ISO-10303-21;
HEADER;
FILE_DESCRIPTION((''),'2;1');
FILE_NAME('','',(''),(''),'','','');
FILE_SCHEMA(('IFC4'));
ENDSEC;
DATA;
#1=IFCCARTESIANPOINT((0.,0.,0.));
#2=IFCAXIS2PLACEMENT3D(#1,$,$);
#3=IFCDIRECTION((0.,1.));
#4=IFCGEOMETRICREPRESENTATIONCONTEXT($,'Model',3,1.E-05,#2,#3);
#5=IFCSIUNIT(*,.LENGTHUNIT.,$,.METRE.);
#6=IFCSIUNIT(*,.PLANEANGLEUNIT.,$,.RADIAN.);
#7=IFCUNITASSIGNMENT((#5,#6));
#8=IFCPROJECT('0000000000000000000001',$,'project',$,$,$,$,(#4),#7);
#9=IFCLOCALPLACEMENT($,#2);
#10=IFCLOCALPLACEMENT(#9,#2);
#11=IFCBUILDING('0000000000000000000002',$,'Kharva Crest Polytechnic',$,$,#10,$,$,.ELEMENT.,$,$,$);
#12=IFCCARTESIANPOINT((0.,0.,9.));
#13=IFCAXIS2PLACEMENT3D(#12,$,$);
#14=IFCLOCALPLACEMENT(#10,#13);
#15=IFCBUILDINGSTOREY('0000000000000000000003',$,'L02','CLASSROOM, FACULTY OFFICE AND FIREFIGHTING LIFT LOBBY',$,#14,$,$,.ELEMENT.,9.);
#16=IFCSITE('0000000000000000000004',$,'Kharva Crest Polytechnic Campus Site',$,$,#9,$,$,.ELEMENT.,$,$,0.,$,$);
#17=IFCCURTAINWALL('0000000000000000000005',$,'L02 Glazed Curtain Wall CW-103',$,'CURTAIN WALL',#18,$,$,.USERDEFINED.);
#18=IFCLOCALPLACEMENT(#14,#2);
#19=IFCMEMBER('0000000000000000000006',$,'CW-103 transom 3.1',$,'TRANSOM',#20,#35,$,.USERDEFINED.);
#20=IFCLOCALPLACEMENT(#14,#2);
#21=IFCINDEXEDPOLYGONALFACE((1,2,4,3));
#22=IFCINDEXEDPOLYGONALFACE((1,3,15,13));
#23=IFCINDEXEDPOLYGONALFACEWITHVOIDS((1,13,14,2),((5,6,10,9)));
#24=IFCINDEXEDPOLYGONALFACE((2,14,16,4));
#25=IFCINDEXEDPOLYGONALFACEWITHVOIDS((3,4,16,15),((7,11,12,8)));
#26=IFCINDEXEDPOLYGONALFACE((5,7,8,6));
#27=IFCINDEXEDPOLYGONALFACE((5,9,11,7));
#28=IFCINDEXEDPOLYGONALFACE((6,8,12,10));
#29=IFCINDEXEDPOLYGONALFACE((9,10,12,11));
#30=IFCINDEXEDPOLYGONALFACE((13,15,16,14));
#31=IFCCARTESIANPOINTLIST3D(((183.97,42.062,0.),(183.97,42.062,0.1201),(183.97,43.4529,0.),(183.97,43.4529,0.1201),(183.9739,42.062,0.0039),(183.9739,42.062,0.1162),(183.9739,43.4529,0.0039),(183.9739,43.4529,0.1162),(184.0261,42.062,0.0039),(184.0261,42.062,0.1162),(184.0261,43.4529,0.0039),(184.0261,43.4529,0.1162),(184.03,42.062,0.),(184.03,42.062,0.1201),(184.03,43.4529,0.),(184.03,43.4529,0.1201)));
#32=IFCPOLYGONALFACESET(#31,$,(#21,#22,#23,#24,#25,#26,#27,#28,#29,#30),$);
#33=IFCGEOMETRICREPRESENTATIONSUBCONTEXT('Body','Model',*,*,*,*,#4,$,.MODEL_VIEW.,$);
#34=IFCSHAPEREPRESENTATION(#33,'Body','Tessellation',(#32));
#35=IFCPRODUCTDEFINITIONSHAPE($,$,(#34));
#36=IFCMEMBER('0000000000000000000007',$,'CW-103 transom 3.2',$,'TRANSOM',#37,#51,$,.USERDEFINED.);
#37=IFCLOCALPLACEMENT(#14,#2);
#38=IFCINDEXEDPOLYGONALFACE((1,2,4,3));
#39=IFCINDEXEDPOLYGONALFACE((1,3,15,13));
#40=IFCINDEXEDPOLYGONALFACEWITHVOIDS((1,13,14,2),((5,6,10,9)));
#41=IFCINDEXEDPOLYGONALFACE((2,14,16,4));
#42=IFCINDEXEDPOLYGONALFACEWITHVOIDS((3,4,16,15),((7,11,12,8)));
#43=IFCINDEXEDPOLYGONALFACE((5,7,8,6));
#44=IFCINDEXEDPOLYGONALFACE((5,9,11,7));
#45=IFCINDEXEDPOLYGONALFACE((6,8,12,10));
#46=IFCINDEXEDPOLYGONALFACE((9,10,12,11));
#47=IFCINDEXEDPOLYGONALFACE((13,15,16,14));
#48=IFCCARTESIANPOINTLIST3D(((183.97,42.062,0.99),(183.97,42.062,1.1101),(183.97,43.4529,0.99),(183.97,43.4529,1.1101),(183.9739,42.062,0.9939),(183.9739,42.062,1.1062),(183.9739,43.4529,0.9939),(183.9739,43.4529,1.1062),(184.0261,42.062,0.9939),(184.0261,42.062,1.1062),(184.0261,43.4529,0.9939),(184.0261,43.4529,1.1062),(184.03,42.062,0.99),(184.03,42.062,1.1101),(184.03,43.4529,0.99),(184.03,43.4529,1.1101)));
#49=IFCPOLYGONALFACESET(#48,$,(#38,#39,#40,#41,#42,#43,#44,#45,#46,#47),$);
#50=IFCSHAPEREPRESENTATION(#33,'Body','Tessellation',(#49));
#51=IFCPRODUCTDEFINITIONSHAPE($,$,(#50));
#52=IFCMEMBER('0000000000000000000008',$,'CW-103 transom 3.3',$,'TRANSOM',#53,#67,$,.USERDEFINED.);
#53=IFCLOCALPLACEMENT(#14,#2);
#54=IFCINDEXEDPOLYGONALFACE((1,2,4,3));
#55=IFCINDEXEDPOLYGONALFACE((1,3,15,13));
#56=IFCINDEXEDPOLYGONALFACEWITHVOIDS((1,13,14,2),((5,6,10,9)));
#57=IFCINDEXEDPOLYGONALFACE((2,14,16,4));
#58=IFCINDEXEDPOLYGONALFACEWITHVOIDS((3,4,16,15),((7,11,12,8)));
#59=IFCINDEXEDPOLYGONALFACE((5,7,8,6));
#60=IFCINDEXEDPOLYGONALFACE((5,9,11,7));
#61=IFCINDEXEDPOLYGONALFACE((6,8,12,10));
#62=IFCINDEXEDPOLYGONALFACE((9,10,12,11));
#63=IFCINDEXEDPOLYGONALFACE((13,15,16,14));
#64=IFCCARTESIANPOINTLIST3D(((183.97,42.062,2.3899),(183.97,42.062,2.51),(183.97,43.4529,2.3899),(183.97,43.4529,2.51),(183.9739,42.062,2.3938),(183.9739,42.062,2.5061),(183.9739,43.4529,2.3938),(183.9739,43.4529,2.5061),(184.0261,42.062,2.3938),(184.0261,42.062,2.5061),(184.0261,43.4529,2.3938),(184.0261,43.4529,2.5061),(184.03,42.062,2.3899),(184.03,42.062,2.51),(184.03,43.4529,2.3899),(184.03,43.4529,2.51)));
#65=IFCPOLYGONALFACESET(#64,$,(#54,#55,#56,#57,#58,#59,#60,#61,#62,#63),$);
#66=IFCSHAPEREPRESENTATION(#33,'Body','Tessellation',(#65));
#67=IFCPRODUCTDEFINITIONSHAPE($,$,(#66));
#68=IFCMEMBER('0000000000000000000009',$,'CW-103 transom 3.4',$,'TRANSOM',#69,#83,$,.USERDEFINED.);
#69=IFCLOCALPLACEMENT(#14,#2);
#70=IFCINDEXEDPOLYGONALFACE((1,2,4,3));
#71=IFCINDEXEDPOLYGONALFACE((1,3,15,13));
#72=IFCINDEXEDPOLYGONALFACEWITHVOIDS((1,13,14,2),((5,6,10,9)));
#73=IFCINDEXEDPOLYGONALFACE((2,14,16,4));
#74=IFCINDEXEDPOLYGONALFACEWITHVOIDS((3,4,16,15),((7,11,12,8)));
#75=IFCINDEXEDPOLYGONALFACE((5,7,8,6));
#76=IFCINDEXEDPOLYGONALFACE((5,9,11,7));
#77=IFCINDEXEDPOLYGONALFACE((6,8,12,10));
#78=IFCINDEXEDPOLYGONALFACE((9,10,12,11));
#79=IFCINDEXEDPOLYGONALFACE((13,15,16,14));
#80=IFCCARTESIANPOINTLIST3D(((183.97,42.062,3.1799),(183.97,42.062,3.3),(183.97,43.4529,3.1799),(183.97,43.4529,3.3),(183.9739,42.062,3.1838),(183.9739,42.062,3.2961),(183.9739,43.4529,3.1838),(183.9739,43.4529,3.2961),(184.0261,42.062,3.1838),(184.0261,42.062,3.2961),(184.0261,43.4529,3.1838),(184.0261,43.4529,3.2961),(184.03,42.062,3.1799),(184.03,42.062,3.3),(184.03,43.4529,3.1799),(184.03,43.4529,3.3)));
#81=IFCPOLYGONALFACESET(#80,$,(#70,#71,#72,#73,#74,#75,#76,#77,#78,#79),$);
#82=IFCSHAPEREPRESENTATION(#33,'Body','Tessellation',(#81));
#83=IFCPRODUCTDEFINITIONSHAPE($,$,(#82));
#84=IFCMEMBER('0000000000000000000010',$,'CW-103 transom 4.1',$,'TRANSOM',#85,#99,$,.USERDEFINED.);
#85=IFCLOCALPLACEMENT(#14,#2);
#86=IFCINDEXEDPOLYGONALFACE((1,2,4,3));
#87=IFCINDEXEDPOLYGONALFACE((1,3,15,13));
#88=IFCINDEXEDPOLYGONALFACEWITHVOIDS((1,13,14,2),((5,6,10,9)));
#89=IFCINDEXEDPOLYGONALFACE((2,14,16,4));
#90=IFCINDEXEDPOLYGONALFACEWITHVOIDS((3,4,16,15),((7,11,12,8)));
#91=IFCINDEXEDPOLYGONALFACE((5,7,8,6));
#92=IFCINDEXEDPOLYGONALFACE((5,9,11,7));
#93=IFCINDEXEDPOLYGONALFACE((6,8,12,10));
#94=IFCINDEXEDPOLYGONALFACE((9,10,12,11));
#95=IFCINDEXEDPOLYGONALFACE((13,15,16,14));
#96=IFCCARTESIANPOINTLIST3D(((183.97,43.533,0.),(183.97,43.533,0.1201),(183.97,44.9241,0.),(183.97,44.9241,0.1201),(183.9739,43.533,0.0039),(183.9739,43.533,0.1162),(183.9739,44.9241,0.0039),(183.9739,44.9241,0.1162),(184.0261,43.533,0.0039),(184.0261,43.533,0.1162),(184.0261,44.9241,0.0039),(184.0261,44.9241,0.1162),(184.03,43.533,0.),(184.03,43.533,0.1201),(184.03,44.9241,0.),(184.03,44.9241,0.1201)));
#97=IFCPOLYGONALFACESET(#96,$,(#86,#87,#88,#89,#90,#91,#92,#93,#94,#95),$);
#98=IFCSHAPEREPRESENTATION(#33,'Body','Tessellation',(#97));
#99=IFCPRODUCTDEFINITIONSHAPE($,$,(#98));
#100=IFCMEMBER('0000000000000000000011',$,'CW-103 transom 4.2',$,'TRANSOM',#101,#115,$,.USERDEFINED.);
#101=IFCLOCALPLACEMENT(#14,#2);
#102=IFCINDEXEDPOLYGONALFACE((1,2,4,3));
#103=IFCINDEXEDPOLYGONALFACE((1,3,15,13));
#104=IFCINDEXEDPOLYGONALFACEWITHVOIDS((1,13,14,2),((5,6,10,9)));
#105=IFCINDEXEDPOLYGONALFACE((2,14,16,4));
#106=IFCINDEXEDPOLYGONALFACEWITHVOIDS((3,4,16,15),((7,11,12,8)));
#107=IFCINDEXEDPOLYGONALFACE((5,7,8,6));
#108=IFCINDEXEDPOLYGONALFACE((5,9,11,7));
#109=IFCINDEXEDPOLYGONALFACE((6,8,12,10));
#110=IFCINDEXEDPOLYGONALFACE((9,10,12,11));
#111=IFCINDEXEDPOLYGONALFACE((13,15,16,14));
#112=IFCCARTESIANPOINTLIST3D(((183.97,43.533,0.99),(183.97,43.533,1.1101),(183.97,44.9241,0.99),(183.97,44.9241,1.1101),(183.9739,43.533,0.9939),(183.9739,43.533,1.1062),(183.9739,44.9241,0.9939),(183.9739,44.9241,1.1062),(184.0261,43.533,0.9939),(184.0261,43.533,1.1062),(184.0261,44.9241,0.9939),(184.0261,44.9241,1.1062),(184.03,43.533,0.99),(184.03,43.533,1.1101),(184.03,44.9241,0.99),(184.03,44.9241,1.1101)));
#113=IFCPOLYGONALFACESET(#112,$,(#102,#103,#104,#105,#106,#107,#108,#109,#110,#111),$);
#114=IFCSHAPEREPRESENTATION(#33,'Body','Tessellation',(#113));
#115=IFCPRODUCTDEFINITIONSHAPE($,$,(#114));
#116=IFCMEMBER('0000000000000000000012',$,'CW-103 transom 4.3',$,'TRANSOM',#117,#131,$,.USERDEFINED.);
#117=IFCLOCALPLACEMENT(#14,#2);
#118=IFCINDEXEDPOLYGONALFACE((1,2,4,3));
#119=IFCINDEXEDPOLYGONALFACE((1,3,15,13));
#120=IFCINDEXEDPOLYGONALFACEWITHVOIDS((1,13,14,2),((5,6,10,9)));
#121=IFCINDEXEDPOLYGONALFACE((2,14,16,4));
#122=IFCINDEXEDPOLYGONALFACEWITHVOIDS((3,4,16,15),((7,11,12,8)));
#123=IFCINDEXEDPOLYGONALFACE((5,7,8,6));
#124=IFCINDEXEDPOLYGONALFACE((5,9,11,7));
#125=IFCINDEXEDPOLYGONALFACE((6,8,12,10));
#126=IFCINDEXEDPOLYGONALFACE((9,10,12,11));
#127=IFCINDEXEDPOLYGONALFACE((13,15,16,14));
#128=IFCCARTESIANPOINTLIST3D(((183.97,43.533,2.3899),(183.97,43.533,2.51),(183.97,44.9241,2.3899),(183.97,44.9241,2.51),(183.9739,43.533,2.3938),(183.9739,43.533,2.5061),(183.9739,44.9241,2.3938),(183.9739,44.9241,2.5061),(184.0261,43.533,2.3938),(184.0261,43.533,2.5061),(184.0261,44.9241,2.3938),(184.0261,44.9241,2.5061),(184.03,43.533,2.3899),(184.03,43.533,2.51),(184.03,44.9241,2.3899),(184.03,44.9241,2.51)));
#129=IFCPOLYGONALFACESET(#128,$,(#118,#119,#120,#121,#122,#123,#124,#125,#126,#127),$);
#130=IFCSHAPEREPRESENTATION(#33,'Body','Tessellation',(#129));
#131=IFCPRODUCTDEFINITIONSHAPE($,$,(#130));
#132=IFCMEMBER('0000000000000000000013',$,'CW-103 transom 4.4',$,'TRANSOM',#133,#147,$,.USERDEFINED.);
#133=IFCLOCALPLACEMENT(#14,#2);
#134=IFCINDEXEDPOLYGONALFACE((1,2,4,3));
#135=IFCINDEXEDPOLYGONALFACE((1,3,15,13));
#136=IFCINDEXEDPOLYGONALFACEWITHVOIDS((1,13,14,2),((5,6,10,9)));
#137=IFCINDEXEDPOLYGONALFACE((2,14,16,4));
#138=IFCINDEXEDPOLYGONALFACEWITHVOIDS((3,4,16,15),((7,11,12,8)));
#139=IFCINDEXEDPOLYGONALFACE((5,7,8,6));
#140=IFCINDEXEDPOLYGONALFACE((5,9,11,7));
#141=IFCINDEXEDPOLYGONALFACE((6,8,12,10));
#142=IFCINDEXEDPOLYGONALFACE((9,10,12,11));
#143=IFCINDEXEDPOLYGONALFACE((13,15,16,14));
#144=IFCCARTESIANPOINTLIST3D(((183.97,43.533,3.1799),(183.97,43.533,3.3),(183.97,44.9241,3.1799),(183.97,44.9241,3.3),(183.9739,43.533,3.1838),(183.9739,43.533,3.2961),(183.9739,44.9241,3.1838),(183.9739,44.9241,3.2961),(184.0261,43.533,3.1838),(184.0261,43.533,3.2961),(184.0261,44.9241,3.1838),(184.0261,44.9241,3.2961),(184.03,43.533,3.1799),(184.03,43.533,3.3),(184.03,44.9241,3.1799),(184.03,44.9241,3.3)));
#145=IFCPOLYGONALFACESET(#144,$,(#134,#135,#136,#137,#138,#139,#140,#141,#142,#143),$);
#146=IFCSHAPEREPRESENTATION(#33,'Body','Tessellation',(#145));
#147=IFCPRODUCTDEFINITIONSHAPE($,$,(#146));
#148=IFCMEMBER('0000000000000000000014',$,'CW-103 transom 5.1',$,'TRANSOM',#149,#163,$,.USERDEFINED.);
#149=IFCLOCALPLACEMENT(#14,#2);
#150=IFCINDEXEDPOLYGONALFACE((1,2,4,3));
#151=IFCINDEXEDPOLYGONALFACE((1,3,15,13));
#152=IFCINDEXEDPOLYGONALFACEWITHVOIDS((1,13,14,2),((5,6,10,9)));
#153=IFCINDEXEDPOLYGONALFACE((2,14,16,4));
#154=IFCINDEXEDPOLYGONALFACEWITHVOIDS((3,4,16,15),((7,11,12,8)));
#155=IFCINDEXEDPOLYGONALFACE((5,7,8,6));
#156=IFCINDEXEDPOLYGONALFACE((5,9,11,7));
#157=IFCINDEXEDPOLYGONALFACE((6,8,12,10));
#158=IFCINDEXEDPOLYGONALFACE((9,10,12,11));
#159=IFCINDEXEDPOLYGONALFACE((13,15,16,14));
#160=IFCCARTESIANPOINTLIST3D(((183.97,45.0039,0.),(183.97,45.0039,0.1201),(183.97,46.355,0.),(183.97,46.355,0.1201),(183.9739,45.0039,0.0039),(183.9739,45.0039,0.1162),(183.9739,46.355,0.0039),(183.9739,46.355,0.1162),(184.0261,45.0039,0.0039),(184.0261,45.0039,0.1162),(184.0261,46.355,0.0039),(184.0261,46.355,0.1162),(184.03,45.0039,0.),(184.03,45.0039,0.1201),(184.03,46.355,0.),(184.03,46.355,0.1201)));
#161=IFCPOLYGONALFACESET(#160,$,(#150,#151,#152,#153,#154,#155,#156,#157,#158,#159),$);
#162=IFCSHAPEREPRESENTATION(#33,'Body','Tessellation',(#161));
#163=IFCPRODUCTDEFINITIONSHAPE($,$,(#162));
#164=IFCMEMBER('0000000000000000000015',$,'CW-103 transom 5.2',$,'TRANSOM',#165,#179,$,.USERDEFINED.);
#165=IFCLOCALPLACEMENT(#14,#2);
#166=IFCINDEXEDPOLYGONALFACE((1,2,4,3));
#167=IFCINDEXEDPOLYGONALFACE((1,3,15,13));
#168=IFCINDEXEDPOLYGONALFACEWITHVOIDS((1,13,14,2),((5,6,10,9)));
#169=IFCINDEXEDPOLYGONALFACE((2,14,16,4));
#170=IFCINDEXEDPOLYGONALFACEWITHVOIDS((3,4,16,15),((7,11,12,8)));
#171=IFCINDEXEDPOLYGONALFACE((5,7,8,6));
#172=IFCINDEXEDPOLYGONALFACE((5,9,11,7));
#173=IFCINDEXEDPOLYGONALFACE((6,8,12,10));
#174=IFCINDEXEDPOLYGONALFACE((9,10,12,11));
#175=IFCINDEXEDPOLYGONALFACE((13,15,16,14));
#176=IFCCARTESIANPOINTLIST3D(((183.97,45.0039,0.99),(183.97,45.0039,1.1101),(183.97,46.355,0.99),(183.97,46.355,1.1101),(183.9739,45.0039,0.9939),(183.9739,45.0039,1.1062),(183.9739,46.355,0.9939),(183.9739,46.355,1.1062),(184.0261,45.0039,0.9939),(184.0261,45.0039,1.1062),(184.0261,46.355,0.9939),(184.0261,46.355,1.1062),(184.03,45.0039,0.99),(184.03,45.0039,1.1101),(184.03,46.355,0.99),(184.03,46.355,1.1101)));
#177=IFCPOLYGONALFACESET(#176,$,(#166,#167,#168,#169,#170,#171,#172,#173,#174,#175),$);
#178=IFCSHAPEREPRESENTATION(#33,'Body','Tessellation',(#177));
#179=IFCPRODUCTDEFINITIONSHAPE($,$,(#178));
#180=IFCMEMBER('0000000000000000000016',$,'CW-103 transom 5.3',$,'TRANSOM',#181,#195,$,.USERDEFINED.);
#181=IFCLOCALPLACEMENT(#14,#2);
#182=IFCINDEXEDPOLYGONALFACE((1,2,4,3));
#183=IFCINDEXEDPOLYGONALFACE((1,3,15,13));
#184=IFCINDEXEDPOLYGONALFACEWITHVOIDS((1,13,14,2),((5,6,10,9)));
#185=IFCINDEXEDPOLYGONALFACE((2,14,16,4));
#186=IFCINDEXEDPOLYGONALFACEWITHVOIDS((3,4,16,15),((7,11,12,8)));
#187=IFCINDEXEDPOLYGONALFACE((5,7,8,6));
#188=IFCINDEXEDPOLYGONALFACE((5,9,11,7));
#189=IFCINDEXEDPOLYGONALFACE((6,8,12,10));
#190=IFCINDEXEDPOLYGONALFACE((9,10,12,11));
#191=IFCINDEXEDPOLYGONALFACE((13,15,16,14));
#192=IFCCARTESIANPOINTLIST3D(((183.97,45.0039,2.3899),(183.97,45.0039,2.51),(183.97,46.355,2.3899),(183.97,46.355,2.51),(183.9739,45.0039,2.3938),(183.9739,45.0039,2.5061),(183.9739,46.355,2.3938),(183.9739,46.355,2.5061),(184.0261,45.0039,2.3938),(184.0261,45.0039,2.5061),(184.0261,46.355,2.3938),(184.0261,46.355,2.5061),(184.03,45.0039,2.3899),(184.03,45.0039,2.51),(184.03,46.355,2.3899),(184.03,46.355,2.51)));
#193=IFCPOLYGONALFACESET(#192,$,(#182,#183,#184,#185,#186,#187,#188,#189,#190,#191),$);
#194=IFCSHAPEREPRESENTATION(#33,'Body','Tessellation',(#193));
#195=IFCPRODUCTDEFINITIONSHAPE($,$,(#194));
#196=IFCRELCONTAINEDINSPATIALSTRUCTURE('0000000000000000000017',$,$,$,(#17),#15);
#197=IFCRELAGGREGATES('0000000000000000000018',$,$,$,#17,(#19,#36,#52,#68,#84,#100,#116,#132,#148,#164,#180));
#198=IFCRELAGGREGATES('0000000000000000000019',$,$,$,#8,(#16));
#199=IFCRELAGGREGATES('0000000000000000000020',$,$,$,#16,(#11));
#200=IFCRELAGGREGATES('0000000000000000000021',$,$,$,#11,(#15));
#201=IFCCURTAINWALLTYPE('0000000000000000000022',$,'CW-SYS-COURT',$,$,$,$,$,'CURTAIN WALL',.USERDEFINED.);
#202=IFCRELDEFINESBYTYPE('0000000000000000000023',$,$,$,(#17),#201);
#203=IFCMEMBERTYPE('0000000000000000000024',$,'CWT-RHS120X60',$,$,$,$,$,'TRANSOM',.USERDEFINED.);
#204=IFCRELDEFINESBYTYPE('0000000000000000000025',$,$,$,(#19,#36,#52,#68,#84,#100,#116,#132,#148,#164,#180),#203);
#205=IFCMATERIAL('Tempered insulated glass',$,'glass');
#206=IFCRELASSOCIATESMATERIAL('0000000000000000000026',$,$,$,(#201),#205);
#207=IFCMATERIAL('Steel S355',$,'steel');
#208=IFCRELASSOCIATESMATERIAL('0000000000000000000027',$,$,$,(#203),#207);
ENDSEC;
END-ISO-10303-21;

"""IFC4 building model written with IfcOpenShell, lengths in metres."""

from ifc_helpers import new_model, si_unit, direction, frame, origin, origin_2d, place, context, subcontext, project, spatial, hollow_rectangle, extrude, material, material_profile, profile_set, type_object, element, aggregate, save


model = new_model("IFC4")

# Units and contexts
model_context = context("Model", 3, precision=1e-05, world=origin(), true_north=direction((0.0, 1.0)))
body_context = subcontext(model_context, "Body", "Model", "MODEL_VIEW")
ifc_project = project(units=[si_unit("LENGTHUNIT", "METRE"), si_unit("PLANEANGLEUNIT", "RADIAN")], contexts=[model_context])

# Site, building, storey
site_placement = place(None, origin())
site = spatial("IfcSite", under=ifc_project, at=site_placement, Name="Kharva Crest Polytechnic Campus Site", CompositionType="ELEMENT", RefElevation=0.0)
building_placement = place(site_placement, origin())
building = spatial("IfcBuilding", under=site, at=building_placement, Name="Kharva Crest Polytechnic", CompositionType="ELEMENT")
storey_placement = place(building_placement, frame((0.0, 0.0, 9.0)))
storey = spatial("IfcBuildingStorey", under=building, at=storey_placement, Name="L02", Description="CLASSROOM, FACULTY OFFICE AND FIREFIGHTING LIFT LOBBY", CompositionType="ELEMENT", Elevation=9.0)

# Curtain wall
ifc_material_1 = material(Name="Tempered insulated glass", Category="glass")
curtain_wall_type = type_object("IfcCurtainWallType", Name="CW-SYS-COURT", ElementType="CURTAIN WALL", PredefinedType="USERDEFINED", material=ifc_material_1)
curtain_wall_1_placement = place(storey_placement, origin())
curtain_wall_1 = element("IfcCurtainWall", 1, at=curtain_wall_1_placement, inside=storey, type_object=curtain_wall_type, Name="L02 Glazed Curtain Wall CW-103", ObjectType="CURTAIN WALL", PredefinedType="USERDEFINED")
ifc_material_2 = material(Name="Steel S355", Category="steel")

# Members
ifc_material_profile_1 = material_profile(ifc_material_2, hollow_rectangle(XDim=0.0601, YDim=0.1201, WallThickness=0.0039, at=origin_2d()), Name="RHS 120X60X4.0")
ifc_profile_set_1 = profile_set([ifc_material_profile_1], Name="Steel S355")
member_type_1 = type_object("IfcMemberType", Name="CWT-RHS120X60", ElementType="TRANSOM", PredefinedType="USERDEFINED", material=ifc_profile_set_1)
member_1_placement = place(storey_placement, frame((184.0, 42.062, 0.0601), z_axis=(0.0, 1.0, 0.0), x_axis=(-1.0, 0.0, 0.0)))
member_1 = element("IfcMember", 2, at=member_1_placement, type_object=member_type_1, Name="CW-103 transom 3.1", ObjectType="TRANSOM", PredefinedType="USERDEFINED", context=body_context, shape_type="SweptSolid", body=[
    extrude(hollow_rectangle(XDim=0.0601, YDim=0.1201, WallThickness=0.0039, at=origin_2d()), origin(), (0.0, 0.0, 1.0), 1.3909),
])
member_2_placement = place(storey_placement, frame((184.0, 42.062, 1.05), z_axis=(0.0, 1.0, 0.0), x_axis=(-1.0, 0.0, 0.0)))
member_2 = element("IfcMember", 3, at=member_2_placement, type_object=member_type_1, Name="CW-103 transom 3.2", ObjectType="TRANSOM", PredefinedType="USERDEFINED", context=body_context, shape_type="SweptSolid", body=[
    extrude(hollow_rectangle(XDim=0.0601, YDim=0.1201, WallThickness=0.0039, at=origin_2d()), origin(), (0.0, 0.0, 1.0), 1.3909),
])
member_3_placement = place(storey_placement, frame((184.0, 42.062, 2.45), z_axis=(0.0, 1.0, 0.0), x_axis=(-1.0, 0.0, 0.0)))
member_3 = element("IfcMember", 4, at=member_3_placement, type_object=member_type_1, Name="CW-103 transom 3.3", ObjectType="TRANSOM", PredefinedType="USERDEFINED", context=body_context, shape_type="SweptSolid", body=[
    extrude(hollow_rectangle(XDim=0.0601, YDim=0.1201, WallThickness=0.0039, at=origin_2d()), origin(), (0.0, 0.0, 1.0), 1.3909),
])
member_4_placement = place(storey_placement, frame((184.0, 42.062, 3.24), z_axis=(0.0, 1.0, 0.0), x_axis=(-1.0, 0.0, 0.0)))
member_4 = element("IfcMember", 5, at=member_4_placement, type_object=member_type_1, Name="CW-103 transom 3.4", ObjectType="TRANSOM", PredefinedType="USERDEFINED", context=body_context, shape_type="SweptSolid", body=[
    extrude(hollow_rectangle(XDim=0.0601, YDim=0.1201, WallThickness=0.0039, at=origin_2d()), origin(), (0.0, 0.0, 1.0), 1.3909),
])
member_5_placement = place(storey_placement, frame((184.0, 43.533, 0.0601), z_axis=(0.0, 1.0, 0.0), x_axis=(-1.0, 0.0, 0.0)))
member_5 = element("IfcMember", 6, at=member_5_placement, type_object=member_type_1, Name="CW-103 transom 4.1", ObjectType="TRANSOM", PredefinedType="USERDEFINED", context=body_context, shape_type="SweptSolid", body=[
    extrude(hollow_rectangle(XDim=0.0601, YDim=0.1201, WallThickness=0.0039, at=origin_2d()), origin(), (0.0, 0.0, 1.0), 1.3911),
])
member_6_placement = place(storey_placement, frame((184.0, 43.533, 1.05), z_axis=(0.0, 1.0, 0.0), x_axis=(-1.0, 0.0, 0.0)))
member_6 = element("IfcMember", 7, at=member_6_placement, type_object=member_type_1, Name="CW-103 transom 4.2", ObjectType="TRANSOM", PredefinedType="USERDEFINED", context=body_context, shape_type="SweptSolid", body=[
    extrude(hollow_rectangle(XDim=0.0601, YDim=0.1201, WallThickness=0.0039, at=origin_2d()), origin(), (0.0, 0.0, 1.0), 1.3911),
])
member_7_placement = place(storey_placement, frame((184.0, 43.533, 2.45), z_axis=(0.0, 1.0, 0.0), x_axis=(-1.0, 0.0, 0.0)))
member_7 = element("IfcMember", 8, at=member_7_placement, type_object=member_type_1, Name="CW-103 transom 4.3", ObjectType="TRANSOM", PredefinedType="USERDEFINED", context=body_context, shape_type="SweptSolid", body=[
    extrude(hollow_rectangle(XDim=0.0601, YDim=0.1201, WallThickness=0.0039, at=origin_2d()), origin(), (0.0, 0.0, 1.0), 1.3911),
])
member_8_placement = place(storey_placement, frame((184.0, 43.533, 3.24), z_axis=(0.0, 1.0, 0.0), x_axis=(-1.0, 0.0, 0.0)))
member_8 = element("IfcMember", 9, at=member_8_placement, type_object=member_type_1, Name="CW-103 transom 4.4", ObjectType="TRANSOM", PredefinedType="USERDEFINED", context=body_context, shape_type="SweptSolid", body=[
    extrude(hollow_rectangle(XDim=0.0601, YDim=0.1201, WallThickness=0.0039, at=origin_2d()), origin(), (0.0, 0.0, 1.0), 1.3911),
])
member_9_placement = place(storey_placement, frame((184.0, 45.0039, 0.0601), z_axis=(0.0, 1.0, 0.0), x_axis=(-1.0, 0.0, 0.0)))
member_9 = element("IfcMember", 10, at=member_9_placement, type_object=member_type_1, Name="CW-103 transom 5.1", ObjectType="TRANSOM", PredefinedType="USERDEFINED", context=body_context, shape_type="SweptSolid", body=[
    extrude(hollow_rectangle(XDim=0.0601, YDim=0.1201, WallThickness=0.0039, at=origin_2d()), origin(), (0.0, 0.0, 1.0), 1.3511),
])
member_10_placement = place(storey_placement, frame((184.0, 45.0039, 1.05), z_axis=(0.0, 1.0, 0.0), x_axis=(-1.0, 0.0, 0.0)))
member_10 = element("IfcMember", 11, at=member_10_placement, type_object=member_type_1, Name="CW-103 transom 5.2", ObjectType="TRANSOM", PredefinedType="USERDEFINED", context=body_context, shape_type="SweptSolid", body=[
    extrude(hollow_rectangle(XDim=0.0601, YDim=0.1201, WallThickness=0.0039, at=origin_2d()), origin(), (0.0, 0.0, 1.0), 1.3511),
])
member_11_placement = place(storey_placement, frame((184.0, 45.0039, 2.45), z_axis=(0.0, 1.0, 0.0), x_axis=(-1.0, 0.0, 0.0)))
member_11 = element("IfcMember", 12, at=member_11_placement, type_object=member_type_1, Name="CW-103 transom 5.3", ObjectType="TRANSOM", PredefinedType="USERDEFINED", context=body_context, shape_type="SweptSolid", body=[
    extrude(hollow_rectangle(XDim=0.0601, YDim=0.1201, WallThickness=0.0039, at=origin_2d()), origin(), (0.0, 0.0, 1.0), 1.3511),
])

aggregate(curtain_wall_1, [member_1, member_2, member_3, member_4, member_5, member_6, member_7, member_8, member_9, member_10, member_11])

save(model, "model.ifc")
